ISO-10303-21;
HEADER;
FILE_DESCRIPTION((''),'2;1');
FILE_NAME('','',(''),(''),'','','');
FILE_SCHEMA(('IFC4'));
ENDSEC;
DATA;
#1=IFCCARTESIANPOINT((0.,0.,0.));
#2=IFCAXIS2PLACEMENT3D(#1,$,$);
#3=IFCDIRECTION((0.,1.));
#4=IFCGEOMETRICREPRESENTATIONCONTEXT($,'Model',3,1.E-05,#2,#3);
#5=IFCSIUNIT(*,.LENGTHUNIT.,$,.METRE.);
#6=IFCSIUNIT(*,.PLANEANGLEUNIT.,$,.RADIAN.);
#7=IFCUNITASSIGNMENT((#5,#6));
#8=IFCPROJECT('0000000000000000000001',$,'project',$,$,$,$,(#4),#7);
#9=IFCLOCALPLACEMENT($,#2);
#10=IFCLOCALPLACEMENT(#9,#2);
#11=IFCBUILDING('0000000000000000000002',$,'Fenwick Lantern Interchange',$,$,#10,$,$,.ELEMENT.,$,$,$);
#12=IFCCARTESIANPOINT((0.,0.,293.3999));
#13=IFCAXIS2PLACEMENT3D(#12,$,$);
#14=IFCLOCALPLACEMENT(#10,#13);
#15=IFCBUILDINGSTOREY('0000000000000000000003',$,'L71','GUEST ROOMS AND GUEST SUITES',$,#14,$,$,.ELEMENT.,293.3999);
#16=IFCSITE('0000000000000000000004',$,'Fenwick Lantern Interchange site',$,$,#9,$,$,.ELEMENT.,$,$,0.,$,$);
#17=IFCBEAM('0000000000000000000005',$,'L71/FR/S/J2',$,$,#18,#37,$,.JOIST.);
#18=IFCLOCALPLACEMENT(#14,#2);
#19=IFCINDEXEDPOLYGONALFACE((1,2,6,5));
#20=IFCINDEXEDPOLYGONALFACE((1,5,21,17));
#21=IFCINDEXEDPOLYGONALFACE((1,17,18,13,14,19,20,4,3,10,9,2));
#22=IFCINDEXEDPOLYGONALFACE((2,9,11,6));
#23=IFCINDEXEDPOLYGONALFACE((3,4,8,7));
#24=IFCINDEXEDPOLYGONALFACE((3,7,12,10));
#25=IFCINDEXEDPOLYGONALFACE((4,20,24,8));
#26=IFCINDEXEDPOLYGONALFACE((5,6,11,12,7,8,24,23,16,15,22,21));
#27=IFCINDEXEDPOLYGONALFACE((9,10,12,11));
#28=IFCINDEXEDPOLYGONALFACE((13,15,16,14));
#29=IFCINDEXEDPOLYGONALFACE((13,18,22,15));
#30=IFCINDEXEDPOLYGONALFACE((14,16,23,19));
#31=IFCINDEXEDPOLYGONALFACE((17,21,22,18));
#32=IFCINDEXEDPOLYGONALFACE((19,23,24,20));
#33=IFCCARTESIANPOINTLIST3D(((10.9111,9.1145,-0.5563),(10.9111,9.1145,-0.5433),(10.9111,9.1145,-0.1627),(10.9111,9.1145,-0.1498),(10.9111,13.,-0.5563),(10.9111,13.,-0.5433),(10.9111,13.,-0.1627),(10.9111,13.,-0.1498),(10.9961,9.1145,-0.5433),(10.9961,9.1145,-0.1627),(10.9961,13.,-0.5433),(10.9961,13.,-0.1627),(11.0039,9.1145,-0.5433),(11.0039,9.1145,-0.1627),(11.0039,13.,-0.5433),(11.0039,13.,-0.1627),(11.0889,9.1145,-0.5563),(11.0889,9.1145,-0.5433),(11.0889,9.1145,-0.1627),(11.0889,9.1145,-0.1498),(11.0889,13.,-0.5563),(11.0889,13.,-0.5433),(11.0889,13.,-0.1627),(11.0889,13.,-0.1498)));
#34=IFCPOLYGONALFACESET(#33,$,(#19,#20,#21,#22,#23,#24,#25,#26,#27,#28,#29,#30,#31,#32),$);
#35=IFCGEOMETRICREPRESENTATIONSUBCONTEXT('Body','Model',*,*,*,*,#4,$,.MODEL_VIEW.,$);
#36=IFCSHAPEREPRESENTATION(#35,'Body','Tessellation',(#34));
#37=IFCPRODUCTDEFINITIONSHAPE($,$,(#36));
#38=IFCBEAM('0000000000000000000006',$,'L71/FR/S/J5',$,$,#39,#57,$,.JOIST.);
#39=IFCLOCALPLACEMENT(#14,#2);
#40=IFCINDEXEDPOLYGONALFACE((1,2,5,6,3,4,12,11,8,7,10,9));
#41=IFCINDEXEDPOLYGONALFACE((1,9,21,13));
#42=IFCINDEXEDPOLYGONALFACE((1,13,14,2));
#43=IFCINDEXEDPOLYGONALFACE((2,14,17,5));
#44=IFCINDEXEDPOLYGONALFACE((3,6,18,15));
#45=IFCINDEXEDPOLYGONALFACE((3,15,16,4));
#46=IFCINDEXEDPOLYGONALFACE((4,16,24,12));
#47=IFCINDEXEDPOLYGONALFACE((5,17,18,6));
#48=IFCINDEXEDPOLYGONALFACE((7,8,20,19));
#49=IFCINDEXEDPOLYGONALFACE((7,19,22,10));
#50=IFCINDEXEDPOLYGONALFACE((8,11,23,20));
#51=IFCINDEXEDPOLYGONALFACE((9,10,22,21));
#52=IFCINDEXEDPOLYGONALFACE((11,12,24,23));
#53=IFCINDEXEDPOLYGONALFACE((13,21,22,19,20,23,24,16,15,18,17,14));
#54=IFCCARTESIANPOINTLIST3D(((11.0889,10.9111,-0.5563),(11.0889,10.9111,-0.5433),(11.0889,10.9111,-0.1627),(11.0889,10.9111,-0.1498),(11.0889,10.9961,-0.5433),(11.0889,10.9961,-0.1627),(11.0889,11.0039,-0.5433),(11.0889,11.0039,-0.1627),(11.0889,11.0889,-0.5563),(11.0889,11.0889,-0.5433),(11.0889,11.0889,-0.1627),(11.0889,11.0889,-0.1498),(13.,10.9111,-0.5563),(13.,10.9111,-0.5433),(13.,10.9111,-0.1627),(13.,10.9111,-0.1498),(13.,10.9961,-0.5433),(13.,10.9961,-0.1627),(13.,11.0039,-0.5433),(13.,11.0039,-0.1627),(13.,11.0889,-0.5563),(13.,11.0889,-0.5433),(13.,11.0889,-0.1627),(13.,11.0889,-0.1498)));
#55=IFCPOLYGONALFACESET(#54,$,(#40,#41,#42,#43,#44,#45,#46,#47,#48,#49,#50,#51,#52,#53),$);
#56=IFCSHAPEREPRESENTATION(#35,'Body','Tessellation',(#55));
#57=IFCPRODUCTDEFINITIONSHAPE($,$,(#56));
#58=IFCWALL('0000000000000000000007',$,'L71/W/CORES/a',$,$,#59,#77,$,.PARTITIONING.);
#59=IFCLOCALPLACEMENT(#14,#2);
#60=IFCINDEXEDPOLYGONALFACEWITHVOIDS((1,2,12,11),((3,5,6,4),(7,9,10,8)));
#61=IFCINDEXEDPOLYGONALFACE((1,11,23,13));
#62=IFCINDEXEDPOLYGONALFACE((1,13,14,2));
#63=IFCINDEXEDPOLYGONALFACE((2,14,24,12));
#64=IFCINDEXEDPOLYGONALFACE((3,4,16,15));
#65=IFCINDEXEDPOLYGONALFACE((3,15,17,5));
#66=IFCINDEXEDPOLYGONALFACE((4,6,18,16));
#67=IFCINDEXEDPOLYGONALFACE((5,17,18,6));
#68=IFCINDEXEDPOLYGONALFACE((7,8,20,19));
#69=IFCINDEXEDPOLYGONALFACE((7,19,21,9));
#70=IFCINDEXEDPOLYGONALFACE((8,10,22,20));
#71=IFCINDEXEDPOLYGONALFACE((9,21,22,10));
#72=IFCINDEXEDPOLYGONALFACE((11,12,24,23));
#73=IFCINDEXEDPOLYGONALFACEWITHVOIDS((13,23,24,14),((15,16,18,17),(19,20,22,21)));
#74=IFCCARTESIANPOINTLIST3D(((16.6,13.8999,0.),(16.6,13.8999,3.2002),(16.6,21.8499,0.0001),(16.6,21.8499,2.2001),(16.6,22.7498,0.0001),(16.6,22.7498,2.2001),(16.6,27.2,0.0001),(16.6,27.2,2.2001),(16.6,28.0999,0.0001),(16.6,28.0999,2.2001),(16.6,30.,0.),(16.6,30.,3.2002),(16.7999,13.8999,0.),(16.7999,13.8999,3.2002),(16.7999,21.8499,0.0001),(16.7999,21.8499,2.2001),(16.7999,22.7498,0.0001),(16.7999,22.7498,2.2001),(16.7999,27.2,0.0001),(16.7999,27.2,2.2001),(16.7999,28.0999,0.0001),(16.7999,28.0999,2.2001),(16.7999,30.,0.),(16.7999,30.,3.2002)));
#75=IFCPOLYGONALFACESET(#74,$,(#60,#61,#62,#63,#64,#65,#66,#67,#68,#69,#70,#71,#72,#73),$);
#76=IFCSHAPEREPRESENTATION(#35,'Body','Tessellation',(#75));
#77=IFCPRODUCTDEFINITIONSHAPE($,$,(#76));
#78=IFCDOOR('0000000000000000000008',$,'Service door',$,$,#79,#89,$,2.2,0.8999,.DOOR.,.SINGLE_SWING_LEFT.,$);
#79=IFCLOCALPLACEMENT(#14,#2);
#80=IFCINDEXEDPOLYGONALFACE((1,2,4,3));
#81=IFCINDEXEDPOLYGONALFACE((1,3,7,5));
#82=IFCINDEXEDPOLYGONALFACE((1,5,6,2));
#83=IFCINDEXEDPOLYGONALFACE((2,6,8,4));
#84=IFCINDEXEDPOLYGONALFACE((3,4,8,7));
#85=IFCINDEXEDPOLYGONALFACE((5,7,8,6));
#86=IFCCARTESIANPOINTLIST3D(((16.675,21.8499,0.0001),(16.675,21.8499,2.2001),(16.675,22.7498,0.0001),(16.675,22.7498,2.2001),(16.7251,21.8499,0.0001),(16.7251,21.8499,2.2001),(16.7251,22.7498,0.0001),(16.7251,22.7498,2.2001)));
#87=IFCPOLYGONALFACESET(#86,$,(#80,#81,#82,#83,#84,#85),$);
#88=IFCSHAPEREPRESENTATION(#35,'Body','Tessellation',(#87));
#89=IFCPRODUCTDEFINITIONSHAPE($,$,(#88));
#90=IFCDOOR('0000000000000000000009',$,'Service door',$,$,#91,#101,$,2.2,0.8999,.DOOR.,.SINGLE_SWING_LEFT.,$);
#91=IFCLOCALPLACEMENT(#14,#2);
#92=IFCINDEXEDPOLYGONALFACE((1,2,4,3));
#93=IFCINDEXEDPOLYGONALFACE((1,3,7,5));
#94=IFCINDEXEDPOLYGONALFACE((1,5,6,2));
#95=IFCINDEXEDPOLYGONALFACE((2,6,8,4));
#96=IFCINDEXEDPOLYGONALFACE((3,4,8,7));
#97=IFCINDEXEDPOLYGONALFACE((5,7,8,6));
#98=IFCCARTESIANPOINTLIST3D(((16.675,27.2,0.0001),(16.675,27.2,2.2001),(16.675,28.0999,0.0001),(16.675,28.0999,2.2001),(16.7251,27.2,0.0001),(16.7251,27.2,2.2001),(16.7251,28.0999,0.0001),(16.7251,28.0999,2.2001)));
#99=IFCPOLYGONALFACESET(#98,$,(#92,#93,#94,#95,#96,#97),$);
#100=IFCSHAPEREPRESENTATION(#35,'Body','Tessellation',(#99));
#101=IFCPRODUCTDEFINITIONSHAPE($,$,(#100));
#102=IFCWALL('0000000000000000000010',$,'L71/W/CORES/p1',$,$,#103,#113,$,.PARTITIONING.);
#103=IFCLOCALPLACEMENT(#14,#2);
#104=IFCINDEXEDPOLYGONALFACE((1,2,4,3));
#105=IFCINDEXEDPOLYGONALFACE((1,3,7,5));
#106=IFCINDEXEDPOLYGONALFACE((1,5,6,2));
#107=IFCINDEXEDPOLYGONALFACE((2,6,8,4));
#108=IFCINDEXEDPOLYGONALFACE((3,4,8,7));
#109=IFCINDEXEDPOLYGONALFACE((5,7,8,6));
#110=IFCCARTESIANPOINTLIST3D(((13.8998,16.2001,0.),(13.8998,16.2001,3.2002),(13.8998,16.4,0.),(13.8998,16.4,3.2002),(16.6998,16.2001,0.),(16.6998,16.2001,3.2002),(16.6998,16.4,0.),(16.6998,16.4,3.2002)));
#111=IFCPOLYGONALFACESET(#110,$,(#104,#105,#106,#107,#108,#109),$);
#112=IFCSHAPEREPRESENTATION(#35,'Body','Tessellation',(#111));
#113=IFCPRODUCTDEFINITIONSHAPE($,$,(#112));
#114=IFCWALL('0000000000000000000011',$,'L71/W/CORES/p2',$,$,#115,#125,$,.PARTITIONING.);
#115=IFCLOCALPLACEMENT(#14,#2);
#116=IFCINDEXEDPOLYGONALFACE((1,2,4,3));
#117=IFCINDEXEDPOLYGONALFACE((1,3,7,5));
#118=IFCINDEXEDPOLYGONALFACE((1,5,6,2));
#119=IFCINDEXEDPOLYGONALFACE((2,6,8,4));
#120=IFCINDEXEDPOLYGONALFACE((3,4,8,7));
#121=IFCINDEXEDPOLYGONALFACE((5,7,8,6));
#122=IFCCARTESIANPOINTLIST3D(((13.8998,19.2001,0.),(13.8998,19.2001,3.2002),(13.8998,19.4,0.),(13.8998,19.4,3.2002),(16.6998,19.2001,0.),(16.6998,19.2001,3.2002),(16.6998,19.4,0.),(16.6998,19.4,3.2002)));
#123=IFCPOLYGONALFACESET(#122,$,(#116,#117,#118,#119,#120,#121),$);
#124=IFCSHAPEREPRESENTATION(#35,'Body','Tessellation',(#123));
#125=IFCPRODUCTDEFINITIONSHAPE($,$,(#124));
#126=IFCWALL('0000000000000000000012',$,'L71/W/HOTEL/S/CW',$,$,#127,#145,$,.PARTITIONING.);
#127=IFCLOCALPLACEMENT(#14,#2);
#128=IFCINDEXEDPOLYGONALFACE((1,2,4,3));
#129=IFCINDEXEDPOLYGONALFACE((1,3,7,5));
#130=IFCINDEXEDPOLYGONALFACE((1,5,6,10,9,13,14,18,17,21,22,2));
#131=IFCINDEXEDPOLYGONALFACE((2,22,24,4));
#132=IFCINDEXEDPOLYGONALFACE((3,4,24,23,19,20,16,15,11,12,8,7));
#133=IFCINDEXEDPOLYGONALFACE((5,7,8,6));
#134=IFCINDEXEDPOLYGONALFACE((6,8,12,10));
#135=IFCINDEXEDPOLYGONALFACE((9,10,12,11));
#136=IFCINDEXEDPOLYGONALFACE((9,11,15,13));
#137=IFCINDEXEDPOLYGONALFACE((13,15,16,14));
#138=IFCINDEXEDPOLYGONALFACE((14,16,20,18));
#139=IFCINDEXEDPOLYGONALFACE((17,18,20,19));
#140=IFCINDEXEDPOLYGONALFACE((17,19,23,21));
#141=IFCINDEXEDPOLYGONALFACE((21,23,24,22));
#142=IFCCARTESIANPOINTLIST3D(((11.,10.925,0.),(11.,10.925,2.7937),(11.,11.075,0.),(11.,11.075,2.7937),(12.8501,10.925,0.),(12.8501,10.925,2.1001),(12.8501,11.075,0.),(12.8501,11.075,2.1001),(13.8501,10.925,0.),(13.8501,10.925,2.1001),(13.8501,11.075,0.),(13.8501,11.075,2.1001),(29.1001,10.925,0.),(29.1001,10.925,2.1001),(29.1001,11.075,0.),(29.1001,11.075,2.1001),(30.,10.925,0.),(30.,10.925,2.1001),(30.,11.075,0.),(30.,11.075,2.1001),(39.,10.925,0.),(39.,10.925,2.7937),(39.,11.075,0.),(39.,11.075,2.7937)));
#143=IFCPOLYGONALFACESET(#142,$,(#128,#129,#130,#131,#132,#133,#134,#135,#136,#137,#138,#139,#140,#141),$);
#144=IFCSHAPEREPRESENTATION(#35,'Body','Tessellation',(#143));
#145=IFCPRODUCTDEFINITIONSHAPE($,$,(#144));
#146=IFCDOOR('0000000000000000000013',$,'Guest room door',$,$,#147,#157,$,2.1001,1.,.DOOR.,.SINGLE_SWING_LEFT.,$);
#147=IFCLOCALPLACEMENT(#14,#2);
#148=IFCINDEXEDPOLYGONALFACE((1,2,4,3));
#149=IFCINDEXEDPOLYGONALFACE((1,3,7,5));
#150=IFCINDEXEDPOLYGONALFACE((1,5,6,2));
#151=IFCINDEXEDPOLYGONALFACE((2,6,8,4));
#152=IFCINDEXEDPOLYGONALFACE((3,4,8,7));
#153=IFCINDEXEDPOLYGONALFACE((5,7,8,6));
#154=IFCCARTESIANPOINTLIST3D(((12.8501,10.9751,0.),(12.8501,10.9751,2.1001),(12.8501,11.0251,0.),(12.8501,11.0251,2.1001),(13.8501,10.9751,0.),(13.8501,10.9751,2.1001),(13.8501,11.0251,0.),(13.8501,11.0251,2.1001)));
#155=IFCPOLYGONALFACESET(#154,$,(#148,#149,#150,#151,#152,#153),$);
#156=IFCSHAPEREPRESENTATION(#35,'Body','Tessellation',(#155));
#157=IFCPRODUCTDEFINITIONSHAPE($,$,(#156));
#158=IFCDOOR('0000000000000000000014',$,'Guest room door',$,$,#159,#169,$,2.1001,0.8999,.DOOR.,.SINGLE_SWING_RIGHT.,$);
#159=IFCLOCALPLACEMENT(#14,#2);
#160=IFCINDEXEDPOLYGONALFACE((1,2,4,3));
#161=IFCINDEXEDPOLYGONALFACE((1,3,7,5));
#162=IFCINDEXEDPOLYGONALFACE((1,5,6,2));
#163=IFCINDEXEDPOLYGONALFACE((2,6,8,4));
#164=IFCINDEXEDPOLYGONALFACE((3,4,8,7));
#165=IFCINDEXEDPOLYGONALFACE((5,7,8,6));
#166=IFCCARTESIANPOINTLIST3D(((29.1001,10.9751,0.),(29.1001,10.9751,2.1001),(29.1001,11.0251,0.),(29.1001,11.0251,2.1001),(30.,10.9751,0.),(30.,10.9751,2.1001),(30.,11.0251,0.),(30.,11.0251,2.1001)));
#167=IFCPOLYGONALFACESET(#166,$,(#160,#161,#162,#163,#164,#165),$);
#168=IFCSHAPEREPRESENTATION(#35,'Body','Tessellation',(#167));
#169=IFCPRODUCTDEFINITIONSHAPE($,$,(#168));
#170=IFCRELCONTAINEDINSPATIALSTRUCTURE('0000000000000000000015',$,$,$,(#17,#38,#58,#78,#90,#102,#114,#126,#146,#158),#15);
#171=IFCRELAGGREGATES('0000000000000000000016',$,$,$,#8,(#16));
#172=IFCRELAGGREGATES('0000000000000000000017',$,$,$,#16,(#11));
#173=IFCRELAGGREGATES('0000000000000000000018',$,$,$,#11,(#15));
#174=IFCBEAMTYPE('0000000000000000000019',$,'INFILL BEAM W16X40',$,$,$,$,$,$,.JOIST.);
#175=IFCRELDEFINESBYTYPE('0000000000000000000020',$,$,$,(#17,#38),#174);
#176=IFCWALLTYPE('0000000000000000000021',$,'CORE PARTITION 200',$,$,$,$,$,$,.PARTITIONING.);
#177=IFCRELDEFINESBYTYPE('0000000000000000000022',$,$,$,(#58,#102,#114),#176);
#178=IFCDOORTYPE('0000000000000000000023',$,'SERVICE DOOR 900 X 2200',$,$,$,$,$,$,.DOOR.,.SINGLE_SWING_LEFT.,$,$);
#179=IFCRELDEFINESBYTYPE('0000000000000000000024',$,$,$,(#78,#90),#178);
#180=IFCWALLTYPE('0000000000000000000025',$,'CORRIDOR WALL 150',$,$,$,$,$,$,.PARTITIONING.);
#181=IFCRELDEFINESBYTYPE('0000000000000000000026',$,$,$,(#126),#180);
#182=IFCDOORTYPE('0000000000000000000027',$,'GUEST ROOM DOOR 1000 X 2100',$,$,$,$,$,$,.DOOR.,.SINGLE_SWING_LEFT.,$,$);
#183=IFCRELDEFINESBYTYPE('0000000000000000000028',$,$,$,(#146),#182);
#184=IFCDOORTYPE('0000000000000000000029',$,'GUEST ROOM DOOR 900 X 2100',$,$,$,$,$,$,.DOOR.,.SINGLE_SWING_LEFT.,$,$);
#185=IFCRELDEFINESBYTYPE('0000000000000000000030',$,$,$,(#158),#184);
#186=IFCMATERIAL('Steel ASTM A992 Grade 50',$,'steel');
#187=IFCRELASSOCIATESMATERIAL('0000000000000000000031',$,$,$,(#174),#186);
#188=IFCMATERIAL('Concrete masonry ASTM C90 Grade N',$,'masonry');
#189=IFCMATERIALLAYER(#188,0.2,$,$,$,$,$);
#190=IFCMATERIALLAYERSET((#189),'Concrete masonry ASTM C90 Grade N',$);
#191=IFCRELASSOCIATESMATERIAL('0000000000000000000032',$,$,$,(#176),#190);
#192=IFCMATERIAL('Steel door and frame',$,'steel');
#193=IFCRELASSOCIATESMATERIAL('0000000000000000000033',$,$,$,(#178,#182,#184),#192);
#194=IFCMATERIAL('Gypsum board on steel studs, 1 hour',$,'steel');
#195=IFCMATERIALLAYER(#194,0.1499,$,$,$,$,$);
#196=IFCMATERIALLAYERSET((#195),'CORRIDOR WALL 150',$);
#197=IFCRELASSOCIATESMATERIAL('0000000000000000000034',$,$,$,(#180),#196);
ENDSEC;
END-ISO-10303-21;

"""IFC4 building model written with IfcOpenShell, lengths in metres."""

from ifc_helpers import new_model, si_unit, direction, frame, frame_2d, origin, origin_2d, place, context, subcontext, project, spatial, rectangle, i_section, extrude, material, layer, layer_set, material_profile, profile_set, type_object, element, fill, save


model = new_model("IFC4")

# Units and contexts
model_context = context("Model", 3, precision=1e-05, world=origin(), true_north=direction((0.0, 1.0)))
body_context = subcontext(model_context, "Body", "Model", "MODEL_VIEW")
ifc_project = project(units=[si_unit("LENGTHUNIT", "METRE"), si_unit("PLANEANGLEUNIT", "RADIAN")], contexts=[model_context])

# Site, building, storey
site_placement = place(None, origin())
site = spatial("IfcSite", under=ifc_project, at=site_placement, Name="Fenwick Lantern Interchange site", CompositionType="ELEMENT", RefElevation=0.0)
building_placement = place(site_placement, origin())
building = spatial("IfcBuilding", under=site, at=building_placement, Name="Fenwick Lantern Interchange", CompositionType="ELEMENT")
storey_placement = place(building_placement, frame((0.0, 0.0, 293.3999)))
storey = spatial("IfcBuildingStorey", under=building, at=storey_placement, Name="L71", Description="GUEST ROOMS AND GUEST SUITES", CompositionType="ELEMENT", Elevation=293.3999)

# Beams
ifc_material_1 = material(Name="Steel ASTM A992 Grade 50", Category="steel")
ifc_material_profile = material_profile(ifc_material_1, i_section(OverallWidth=0.1777, OverallDepth=0.4065, WebThickness=0.0078, FlangeThickness=0.0129, at=origin_2d()), Name="W16X40")
ifc_profile_set = profile_set([ifc_material_profile], Name="Steel ASTM A992 Grade 50")
beam_type = type_object("IfcBeamType", Name="INFILL BEAM W16X40", PredefinedType="JOIST", material=ifc_profile_set)
beam_1_placement = place(storey_placement, frame((11.0, 9.1145, -0.353), z_axis=(0.0, 1.0, 0.0), x_axis=(-1.0, 0.0, 0.0)))
element("IfcBeam", 1, at=beam_1_placement, inside=storey, type_object=beam_type, Name="L71/FR/S/J2", PredefinedType="JOIST", context=body_context, shape_type="SweptSolid", body=[
    extrude(i_section(OverallWidth=0.1777, OverallDepth=0.4065, WebThickness=0.0078, FlangeThickness=0.0129, at=origin_2d()), origin(), (0.0, 0.0, 1.0), 3.8855),
])
beam_2_placement = place(storey_placement, frame((11.0889, 11.0, -0.353), z_axis=(1.0, 0.0, 0.0), x_axis=(0.0, 1.0, 0.0)))
element("IfcBeam", 2, at=beam_2_placement, inside=storey, type_object=beam_type, Name="L71/FR/S/J5", PredefinedType="JOIST", context=body_context, shape_type="SweptSolid", body=[
    extrude(i_section(OverallWidth=0.1777, OverallDepth=0.4065, WebThickness=0.0078, FlangeThickness=0.0129, at=origin_2d()), origin(), (0.0, 0.0, 1.0), 1.9111),
])

# Wall, openings, doors
ifc_material_2 = material(Name="Concrete masonry ASTM C90 Grade N", Category="masonry")
ifc_layer_1 = layer(ifc_material_2, 0.2)
ifc_layer_set_1 = layer_set([ifc_layer_1], Name="Concrete masonry ASTM C90 Grade N")
wall_type_1 = type_object("IfcWallType", Name="CORE PARTITION 200", PredefinedType="PARTITIONING", material=ifc_layer_set_1)
wall_1_placement = place(storey_placement, frame((16.7, 13.8999, 0.0), z_axis=(0.0, 0.0, 1.0), x_axis=(0.0, 1.0, 0.0)))
wall_1 = element("IfcWall", 3, at=wall_1_placement, inside=storey, type_object=wall_type_1, Name="L71/W/CORES/a", PredefinedType="PARTITIONING", context=body_context, shape_type="SweptSolid", body=[
    extrude(rectangle(XDim=16.1001, YDim=0.2, at=frame_2d((8.05, 0.0))), origin(), (0.0, 0.0, 1.0), 3.2002),
])
opening_1_placement = place(wall_1_placement, frame((7.95, 0.0, 0.0)))
opening_1 = element("IfcOpeningElement", 4, at=opening_1_placement, cuts=wall_1, PredefinedType="OPENING", context=body_context, shape_type="SweptSolid", body=[
    extrude(rectangle(XDim=0.8999, YDim=2.2, at=frame_2d((0.45, 1.1001))), frame((0.0, 0.1099, 0.0), z_axis=(0.0, -1.0, 0.0), x_axis=(1.0, 0.0, 0.0)), (0.0, 0.0, 1.0), 0.22),
])
opening_2_placement = place(wall_1_placement, frame((13.3, 0.0, 0.0)))
opening_2 = element("IfcOpeningElement", 5, at=opening_2_placement, cuts=wall_1, PredefinedType="OPENING", context=body_context, shape_type="SweptSolid", body=[
    extrude(rectangle(XDim=0.8999, YDim=2.2, at=frame_2d((0.45, 1.1001))), frame((0.0, 0.1099, 0.0), z_axis=(0.0, -1.0, 0.0), x_axis=(1.0, 0.0, 0.0)), (0.0, 0.0, 1.0), 0.22),
])
ifc_material_3 = material(Name="Steel door and frame", Category="steel")
door_type_1 = type_object("IfcDoorType", Name="SERVICE DOOR 900 X 2200", OperationType="SINGLE_SWING_LEFT", PredefinedType="DOOR", material=ifc_material_3)
door_1_placement = place(opening_1_placement, origin())
door_1 = element("IfcDoor", 6, at=door_1_placement, inside=storey, type_object=door_type_1, Name="Service door", OperationType="SINGLE_SWING_LEFT", OverallHeight=2.2, OverallWidth=0.8999, PredefinedType="DOOR", context=body_context, shape_type="SweptSolid", body=[
    extrude(rectangle(XDim=0.8999, YDim=2.2, at=frame_2d((0.45, 1.1001))), frame((0.0, 0.0249, 0.0), z_axis=(0.0, -1.0, 0.0), x_axis=(1.0, 0.0, 0.0)), (0.0, 0.0, 1.0), 0.05),
])
fill(opening_1, door_1)
door_2_placement = place(opening_2_placement, origin())
door_2 = element("IfcDoor", 7, at=door_2_placement, inside=storey, type_object=door_type_1, Name="Service door", OperationType="SINGLE_SWING_LEFT", OverallHeight=2.2, OverallWidth=0.8999, PredefinedType="DOOR", context=body_context, shape_type="SweptSolid", body=[
    extrude(rectangle(XDim=0.8999, YDim=2.2, at=frame_2d((0.45, 1.1001))), frame((0.0, 0.0249, 0.0), z_axis=(0.0, -1.0, 0.0), x_axis=(1.0, 0.0, 0.0)), (0.0, 0.0, 1.0), 0.05),
])
fill(opening_2, door_2)

# Walls
for number, where, z_axis, x_axis, name in (
    (8, (13.8999, 16.3, 0.0), (0.0, 0.0, 1.0), (1.0, 0.0, 0.0), "L71/W/CORES/p1"),
    (9, (13.8999, 19.3, 0.0), (0.0, 0.0, 1.0), (1.0, 0.0, 0.0), "L71/W/CORES/p2"),
):
    element("IfcWall", number, at=place(storey_placement, frame(where, z_axis=z_axis, x_axis=x_axis)), inside=storey, type_object=wall_type_1, Name=name, PredefinedType="PARTITIONING", context=body_context, shape_type="SweptSolid", body=[
        extrude(rectangle(XDim=2.8, YDim=0.2, at=frame_2d((1.3999, 0.0))), origin(), (0.0, 0.0, 1.0), 3.2002),
    ])

# Wall, openings, doors
ifc_material_4 = material(Name="Gypsum board on steel studs, 1 hour", Category="steel")
ifc_layer_2 = layer(ifc_material_4, 0.1499)
ifc_layer_set_2 = layer_set([ifc_layer_2], Name="CORRIDOR WALL 150")
wall_type_2 = type_object("IfcWallType", Name="CORRIDOR WALL 150", PredefinedType="PARTITIONING", material=ifc_layer_set_2)
wall_2_placement = place(storey_placement, frame((11.0, 11.0, 0.0), z_axis=(0.0, 0.0, 1.0), x_axis=(1.0, 0.0, 0.0)))
wall_2 = element("IfcWall", 10, at=wall_2_placement, inside=storey, type_object=wall_type_2, Name="L71/W/HOTEL/S/CW", PredefinedType="PARTITIONING", context=body_context, shape_type="SweptSolid", body=[
    extrude(rectangle(XDim=28.0, YDim=0.1499, at=frame_2d((14.0, 0.0))), origin(), (0.0, 0.0, 1.0), 2.7937),
])
opening_3_placement = place(wall_2_placement, frame((1.8501, 0.0, 0.0)))
opening_3 = element("IfcOpeningElement", 11, at=opening_3_placement, cuts=wall_2, PredefinedType="OPENING", context=body_context, shape_type="SweptSolid", body=[
    extrude(rectangle(XDim=1.0, YDim=2.1001, at=frame_2d((0.5, 1.05))), frame((0.0, 0.085, 0.0), z_axis=(0.0, -1.0, 0.0), x_axis=(1.0, 0.0, 0.0)), (0.0, 0.0, 1.0), 0.1699),
])
opening_4_placement = place(wall_2_placement, frame((18.1001, 0.0, 0.0)))
opening_4 = element("IfcOpeningElement", 12, at=opening_4_placement, cuts=wall_2, PredefinedType="OPENING", context=body_context, shape_type="SweptSolid", body=[
    extrude(rectangle(XDim=0.8999, YDim=2.1001, at=frame_2d((0.45, 1.05))), frame((0.0, 0.085, 0.0), z_axis=(0.0, -1.0, 0.0), x_axis=(1.0, 0.0, 0.0)), (0.0, 0.0, 1.0), 0.1699),
])
door_type_2 = type_object("IfcDoorType", Name="GUEST ROOM DOOR 1000 X 2100", OperationType="SINGLE_SWING_LEFT", PredefinedType="DOOR", material=ifc_material_3)
door_3_placement = place(opening_3_placement, frame((1.0, 0.0, 0.0), z_axis=(0.0, 0.0, 1.0), x_axis=(-1.0, 0.0, 0.0)))
door_3 = element("IfcDoor", 13, at=door_3_placement, inside=storey, type_object=door_type_2, Name="Guest room door", OperationType="SINGLE_SWING_LEFT", OverallHeight=2.1001, OverallWidth=1.0, PredefinedType="DOOR", context=body_context, shape_type="SweptSolid", body=[
    extrude(rectangle(XDim=1.0, YDim=2.1001, at=frame_2d((0.5, 1.05))), frame((0.0, 0.0249, 0.0), z_axis=(0.0, -1.0, 0.0), x_axis=(1.0, 0.0, 0.0)), (0.0, 0.0, 1.0), 0.05),
])
fill(opening_3, door_3)
door_type_3 = type_object("IfcDoorType", Name="GUEST ROOM DOOR 900 X 2100", OperationType="SINGLE_SWING_LEFT", PredefinedType="DOOR", material=ifc_material_3)
door_4_placement = place(opening_4_placement, frame((0.8999, 0.0, 0.0), z_axis=(0.0, 0.0, 1.0), x_axis=(-1.0, 0.0, 0.0)))
door_4 = element("IfcDoor", 14, at=door_4_placement, inside=storey, type_object=door_type_3, Name="Guest room door", OperationType="SINGLE_SWING_RIGHT", OverallHeight=2.1001, OverallWidth=0.8999, PredefinedType="DOOR", context=body_context, shape_type="SweptSolid", body=[
    extrude(rectangle(XDim=0.8999, YDim=2.1001, at=frame_2d((0.45, 1.05))), frame((0.0, 0.0249, 0.0), z_axis=(0.0, -1.0, 0.0), x_axis=(1.0, 0.0, 0.0)), (0.0, 0.0, 1.0), 0.05),
])
fill(opening_4, door_4)

save(model, "model.ifc")
